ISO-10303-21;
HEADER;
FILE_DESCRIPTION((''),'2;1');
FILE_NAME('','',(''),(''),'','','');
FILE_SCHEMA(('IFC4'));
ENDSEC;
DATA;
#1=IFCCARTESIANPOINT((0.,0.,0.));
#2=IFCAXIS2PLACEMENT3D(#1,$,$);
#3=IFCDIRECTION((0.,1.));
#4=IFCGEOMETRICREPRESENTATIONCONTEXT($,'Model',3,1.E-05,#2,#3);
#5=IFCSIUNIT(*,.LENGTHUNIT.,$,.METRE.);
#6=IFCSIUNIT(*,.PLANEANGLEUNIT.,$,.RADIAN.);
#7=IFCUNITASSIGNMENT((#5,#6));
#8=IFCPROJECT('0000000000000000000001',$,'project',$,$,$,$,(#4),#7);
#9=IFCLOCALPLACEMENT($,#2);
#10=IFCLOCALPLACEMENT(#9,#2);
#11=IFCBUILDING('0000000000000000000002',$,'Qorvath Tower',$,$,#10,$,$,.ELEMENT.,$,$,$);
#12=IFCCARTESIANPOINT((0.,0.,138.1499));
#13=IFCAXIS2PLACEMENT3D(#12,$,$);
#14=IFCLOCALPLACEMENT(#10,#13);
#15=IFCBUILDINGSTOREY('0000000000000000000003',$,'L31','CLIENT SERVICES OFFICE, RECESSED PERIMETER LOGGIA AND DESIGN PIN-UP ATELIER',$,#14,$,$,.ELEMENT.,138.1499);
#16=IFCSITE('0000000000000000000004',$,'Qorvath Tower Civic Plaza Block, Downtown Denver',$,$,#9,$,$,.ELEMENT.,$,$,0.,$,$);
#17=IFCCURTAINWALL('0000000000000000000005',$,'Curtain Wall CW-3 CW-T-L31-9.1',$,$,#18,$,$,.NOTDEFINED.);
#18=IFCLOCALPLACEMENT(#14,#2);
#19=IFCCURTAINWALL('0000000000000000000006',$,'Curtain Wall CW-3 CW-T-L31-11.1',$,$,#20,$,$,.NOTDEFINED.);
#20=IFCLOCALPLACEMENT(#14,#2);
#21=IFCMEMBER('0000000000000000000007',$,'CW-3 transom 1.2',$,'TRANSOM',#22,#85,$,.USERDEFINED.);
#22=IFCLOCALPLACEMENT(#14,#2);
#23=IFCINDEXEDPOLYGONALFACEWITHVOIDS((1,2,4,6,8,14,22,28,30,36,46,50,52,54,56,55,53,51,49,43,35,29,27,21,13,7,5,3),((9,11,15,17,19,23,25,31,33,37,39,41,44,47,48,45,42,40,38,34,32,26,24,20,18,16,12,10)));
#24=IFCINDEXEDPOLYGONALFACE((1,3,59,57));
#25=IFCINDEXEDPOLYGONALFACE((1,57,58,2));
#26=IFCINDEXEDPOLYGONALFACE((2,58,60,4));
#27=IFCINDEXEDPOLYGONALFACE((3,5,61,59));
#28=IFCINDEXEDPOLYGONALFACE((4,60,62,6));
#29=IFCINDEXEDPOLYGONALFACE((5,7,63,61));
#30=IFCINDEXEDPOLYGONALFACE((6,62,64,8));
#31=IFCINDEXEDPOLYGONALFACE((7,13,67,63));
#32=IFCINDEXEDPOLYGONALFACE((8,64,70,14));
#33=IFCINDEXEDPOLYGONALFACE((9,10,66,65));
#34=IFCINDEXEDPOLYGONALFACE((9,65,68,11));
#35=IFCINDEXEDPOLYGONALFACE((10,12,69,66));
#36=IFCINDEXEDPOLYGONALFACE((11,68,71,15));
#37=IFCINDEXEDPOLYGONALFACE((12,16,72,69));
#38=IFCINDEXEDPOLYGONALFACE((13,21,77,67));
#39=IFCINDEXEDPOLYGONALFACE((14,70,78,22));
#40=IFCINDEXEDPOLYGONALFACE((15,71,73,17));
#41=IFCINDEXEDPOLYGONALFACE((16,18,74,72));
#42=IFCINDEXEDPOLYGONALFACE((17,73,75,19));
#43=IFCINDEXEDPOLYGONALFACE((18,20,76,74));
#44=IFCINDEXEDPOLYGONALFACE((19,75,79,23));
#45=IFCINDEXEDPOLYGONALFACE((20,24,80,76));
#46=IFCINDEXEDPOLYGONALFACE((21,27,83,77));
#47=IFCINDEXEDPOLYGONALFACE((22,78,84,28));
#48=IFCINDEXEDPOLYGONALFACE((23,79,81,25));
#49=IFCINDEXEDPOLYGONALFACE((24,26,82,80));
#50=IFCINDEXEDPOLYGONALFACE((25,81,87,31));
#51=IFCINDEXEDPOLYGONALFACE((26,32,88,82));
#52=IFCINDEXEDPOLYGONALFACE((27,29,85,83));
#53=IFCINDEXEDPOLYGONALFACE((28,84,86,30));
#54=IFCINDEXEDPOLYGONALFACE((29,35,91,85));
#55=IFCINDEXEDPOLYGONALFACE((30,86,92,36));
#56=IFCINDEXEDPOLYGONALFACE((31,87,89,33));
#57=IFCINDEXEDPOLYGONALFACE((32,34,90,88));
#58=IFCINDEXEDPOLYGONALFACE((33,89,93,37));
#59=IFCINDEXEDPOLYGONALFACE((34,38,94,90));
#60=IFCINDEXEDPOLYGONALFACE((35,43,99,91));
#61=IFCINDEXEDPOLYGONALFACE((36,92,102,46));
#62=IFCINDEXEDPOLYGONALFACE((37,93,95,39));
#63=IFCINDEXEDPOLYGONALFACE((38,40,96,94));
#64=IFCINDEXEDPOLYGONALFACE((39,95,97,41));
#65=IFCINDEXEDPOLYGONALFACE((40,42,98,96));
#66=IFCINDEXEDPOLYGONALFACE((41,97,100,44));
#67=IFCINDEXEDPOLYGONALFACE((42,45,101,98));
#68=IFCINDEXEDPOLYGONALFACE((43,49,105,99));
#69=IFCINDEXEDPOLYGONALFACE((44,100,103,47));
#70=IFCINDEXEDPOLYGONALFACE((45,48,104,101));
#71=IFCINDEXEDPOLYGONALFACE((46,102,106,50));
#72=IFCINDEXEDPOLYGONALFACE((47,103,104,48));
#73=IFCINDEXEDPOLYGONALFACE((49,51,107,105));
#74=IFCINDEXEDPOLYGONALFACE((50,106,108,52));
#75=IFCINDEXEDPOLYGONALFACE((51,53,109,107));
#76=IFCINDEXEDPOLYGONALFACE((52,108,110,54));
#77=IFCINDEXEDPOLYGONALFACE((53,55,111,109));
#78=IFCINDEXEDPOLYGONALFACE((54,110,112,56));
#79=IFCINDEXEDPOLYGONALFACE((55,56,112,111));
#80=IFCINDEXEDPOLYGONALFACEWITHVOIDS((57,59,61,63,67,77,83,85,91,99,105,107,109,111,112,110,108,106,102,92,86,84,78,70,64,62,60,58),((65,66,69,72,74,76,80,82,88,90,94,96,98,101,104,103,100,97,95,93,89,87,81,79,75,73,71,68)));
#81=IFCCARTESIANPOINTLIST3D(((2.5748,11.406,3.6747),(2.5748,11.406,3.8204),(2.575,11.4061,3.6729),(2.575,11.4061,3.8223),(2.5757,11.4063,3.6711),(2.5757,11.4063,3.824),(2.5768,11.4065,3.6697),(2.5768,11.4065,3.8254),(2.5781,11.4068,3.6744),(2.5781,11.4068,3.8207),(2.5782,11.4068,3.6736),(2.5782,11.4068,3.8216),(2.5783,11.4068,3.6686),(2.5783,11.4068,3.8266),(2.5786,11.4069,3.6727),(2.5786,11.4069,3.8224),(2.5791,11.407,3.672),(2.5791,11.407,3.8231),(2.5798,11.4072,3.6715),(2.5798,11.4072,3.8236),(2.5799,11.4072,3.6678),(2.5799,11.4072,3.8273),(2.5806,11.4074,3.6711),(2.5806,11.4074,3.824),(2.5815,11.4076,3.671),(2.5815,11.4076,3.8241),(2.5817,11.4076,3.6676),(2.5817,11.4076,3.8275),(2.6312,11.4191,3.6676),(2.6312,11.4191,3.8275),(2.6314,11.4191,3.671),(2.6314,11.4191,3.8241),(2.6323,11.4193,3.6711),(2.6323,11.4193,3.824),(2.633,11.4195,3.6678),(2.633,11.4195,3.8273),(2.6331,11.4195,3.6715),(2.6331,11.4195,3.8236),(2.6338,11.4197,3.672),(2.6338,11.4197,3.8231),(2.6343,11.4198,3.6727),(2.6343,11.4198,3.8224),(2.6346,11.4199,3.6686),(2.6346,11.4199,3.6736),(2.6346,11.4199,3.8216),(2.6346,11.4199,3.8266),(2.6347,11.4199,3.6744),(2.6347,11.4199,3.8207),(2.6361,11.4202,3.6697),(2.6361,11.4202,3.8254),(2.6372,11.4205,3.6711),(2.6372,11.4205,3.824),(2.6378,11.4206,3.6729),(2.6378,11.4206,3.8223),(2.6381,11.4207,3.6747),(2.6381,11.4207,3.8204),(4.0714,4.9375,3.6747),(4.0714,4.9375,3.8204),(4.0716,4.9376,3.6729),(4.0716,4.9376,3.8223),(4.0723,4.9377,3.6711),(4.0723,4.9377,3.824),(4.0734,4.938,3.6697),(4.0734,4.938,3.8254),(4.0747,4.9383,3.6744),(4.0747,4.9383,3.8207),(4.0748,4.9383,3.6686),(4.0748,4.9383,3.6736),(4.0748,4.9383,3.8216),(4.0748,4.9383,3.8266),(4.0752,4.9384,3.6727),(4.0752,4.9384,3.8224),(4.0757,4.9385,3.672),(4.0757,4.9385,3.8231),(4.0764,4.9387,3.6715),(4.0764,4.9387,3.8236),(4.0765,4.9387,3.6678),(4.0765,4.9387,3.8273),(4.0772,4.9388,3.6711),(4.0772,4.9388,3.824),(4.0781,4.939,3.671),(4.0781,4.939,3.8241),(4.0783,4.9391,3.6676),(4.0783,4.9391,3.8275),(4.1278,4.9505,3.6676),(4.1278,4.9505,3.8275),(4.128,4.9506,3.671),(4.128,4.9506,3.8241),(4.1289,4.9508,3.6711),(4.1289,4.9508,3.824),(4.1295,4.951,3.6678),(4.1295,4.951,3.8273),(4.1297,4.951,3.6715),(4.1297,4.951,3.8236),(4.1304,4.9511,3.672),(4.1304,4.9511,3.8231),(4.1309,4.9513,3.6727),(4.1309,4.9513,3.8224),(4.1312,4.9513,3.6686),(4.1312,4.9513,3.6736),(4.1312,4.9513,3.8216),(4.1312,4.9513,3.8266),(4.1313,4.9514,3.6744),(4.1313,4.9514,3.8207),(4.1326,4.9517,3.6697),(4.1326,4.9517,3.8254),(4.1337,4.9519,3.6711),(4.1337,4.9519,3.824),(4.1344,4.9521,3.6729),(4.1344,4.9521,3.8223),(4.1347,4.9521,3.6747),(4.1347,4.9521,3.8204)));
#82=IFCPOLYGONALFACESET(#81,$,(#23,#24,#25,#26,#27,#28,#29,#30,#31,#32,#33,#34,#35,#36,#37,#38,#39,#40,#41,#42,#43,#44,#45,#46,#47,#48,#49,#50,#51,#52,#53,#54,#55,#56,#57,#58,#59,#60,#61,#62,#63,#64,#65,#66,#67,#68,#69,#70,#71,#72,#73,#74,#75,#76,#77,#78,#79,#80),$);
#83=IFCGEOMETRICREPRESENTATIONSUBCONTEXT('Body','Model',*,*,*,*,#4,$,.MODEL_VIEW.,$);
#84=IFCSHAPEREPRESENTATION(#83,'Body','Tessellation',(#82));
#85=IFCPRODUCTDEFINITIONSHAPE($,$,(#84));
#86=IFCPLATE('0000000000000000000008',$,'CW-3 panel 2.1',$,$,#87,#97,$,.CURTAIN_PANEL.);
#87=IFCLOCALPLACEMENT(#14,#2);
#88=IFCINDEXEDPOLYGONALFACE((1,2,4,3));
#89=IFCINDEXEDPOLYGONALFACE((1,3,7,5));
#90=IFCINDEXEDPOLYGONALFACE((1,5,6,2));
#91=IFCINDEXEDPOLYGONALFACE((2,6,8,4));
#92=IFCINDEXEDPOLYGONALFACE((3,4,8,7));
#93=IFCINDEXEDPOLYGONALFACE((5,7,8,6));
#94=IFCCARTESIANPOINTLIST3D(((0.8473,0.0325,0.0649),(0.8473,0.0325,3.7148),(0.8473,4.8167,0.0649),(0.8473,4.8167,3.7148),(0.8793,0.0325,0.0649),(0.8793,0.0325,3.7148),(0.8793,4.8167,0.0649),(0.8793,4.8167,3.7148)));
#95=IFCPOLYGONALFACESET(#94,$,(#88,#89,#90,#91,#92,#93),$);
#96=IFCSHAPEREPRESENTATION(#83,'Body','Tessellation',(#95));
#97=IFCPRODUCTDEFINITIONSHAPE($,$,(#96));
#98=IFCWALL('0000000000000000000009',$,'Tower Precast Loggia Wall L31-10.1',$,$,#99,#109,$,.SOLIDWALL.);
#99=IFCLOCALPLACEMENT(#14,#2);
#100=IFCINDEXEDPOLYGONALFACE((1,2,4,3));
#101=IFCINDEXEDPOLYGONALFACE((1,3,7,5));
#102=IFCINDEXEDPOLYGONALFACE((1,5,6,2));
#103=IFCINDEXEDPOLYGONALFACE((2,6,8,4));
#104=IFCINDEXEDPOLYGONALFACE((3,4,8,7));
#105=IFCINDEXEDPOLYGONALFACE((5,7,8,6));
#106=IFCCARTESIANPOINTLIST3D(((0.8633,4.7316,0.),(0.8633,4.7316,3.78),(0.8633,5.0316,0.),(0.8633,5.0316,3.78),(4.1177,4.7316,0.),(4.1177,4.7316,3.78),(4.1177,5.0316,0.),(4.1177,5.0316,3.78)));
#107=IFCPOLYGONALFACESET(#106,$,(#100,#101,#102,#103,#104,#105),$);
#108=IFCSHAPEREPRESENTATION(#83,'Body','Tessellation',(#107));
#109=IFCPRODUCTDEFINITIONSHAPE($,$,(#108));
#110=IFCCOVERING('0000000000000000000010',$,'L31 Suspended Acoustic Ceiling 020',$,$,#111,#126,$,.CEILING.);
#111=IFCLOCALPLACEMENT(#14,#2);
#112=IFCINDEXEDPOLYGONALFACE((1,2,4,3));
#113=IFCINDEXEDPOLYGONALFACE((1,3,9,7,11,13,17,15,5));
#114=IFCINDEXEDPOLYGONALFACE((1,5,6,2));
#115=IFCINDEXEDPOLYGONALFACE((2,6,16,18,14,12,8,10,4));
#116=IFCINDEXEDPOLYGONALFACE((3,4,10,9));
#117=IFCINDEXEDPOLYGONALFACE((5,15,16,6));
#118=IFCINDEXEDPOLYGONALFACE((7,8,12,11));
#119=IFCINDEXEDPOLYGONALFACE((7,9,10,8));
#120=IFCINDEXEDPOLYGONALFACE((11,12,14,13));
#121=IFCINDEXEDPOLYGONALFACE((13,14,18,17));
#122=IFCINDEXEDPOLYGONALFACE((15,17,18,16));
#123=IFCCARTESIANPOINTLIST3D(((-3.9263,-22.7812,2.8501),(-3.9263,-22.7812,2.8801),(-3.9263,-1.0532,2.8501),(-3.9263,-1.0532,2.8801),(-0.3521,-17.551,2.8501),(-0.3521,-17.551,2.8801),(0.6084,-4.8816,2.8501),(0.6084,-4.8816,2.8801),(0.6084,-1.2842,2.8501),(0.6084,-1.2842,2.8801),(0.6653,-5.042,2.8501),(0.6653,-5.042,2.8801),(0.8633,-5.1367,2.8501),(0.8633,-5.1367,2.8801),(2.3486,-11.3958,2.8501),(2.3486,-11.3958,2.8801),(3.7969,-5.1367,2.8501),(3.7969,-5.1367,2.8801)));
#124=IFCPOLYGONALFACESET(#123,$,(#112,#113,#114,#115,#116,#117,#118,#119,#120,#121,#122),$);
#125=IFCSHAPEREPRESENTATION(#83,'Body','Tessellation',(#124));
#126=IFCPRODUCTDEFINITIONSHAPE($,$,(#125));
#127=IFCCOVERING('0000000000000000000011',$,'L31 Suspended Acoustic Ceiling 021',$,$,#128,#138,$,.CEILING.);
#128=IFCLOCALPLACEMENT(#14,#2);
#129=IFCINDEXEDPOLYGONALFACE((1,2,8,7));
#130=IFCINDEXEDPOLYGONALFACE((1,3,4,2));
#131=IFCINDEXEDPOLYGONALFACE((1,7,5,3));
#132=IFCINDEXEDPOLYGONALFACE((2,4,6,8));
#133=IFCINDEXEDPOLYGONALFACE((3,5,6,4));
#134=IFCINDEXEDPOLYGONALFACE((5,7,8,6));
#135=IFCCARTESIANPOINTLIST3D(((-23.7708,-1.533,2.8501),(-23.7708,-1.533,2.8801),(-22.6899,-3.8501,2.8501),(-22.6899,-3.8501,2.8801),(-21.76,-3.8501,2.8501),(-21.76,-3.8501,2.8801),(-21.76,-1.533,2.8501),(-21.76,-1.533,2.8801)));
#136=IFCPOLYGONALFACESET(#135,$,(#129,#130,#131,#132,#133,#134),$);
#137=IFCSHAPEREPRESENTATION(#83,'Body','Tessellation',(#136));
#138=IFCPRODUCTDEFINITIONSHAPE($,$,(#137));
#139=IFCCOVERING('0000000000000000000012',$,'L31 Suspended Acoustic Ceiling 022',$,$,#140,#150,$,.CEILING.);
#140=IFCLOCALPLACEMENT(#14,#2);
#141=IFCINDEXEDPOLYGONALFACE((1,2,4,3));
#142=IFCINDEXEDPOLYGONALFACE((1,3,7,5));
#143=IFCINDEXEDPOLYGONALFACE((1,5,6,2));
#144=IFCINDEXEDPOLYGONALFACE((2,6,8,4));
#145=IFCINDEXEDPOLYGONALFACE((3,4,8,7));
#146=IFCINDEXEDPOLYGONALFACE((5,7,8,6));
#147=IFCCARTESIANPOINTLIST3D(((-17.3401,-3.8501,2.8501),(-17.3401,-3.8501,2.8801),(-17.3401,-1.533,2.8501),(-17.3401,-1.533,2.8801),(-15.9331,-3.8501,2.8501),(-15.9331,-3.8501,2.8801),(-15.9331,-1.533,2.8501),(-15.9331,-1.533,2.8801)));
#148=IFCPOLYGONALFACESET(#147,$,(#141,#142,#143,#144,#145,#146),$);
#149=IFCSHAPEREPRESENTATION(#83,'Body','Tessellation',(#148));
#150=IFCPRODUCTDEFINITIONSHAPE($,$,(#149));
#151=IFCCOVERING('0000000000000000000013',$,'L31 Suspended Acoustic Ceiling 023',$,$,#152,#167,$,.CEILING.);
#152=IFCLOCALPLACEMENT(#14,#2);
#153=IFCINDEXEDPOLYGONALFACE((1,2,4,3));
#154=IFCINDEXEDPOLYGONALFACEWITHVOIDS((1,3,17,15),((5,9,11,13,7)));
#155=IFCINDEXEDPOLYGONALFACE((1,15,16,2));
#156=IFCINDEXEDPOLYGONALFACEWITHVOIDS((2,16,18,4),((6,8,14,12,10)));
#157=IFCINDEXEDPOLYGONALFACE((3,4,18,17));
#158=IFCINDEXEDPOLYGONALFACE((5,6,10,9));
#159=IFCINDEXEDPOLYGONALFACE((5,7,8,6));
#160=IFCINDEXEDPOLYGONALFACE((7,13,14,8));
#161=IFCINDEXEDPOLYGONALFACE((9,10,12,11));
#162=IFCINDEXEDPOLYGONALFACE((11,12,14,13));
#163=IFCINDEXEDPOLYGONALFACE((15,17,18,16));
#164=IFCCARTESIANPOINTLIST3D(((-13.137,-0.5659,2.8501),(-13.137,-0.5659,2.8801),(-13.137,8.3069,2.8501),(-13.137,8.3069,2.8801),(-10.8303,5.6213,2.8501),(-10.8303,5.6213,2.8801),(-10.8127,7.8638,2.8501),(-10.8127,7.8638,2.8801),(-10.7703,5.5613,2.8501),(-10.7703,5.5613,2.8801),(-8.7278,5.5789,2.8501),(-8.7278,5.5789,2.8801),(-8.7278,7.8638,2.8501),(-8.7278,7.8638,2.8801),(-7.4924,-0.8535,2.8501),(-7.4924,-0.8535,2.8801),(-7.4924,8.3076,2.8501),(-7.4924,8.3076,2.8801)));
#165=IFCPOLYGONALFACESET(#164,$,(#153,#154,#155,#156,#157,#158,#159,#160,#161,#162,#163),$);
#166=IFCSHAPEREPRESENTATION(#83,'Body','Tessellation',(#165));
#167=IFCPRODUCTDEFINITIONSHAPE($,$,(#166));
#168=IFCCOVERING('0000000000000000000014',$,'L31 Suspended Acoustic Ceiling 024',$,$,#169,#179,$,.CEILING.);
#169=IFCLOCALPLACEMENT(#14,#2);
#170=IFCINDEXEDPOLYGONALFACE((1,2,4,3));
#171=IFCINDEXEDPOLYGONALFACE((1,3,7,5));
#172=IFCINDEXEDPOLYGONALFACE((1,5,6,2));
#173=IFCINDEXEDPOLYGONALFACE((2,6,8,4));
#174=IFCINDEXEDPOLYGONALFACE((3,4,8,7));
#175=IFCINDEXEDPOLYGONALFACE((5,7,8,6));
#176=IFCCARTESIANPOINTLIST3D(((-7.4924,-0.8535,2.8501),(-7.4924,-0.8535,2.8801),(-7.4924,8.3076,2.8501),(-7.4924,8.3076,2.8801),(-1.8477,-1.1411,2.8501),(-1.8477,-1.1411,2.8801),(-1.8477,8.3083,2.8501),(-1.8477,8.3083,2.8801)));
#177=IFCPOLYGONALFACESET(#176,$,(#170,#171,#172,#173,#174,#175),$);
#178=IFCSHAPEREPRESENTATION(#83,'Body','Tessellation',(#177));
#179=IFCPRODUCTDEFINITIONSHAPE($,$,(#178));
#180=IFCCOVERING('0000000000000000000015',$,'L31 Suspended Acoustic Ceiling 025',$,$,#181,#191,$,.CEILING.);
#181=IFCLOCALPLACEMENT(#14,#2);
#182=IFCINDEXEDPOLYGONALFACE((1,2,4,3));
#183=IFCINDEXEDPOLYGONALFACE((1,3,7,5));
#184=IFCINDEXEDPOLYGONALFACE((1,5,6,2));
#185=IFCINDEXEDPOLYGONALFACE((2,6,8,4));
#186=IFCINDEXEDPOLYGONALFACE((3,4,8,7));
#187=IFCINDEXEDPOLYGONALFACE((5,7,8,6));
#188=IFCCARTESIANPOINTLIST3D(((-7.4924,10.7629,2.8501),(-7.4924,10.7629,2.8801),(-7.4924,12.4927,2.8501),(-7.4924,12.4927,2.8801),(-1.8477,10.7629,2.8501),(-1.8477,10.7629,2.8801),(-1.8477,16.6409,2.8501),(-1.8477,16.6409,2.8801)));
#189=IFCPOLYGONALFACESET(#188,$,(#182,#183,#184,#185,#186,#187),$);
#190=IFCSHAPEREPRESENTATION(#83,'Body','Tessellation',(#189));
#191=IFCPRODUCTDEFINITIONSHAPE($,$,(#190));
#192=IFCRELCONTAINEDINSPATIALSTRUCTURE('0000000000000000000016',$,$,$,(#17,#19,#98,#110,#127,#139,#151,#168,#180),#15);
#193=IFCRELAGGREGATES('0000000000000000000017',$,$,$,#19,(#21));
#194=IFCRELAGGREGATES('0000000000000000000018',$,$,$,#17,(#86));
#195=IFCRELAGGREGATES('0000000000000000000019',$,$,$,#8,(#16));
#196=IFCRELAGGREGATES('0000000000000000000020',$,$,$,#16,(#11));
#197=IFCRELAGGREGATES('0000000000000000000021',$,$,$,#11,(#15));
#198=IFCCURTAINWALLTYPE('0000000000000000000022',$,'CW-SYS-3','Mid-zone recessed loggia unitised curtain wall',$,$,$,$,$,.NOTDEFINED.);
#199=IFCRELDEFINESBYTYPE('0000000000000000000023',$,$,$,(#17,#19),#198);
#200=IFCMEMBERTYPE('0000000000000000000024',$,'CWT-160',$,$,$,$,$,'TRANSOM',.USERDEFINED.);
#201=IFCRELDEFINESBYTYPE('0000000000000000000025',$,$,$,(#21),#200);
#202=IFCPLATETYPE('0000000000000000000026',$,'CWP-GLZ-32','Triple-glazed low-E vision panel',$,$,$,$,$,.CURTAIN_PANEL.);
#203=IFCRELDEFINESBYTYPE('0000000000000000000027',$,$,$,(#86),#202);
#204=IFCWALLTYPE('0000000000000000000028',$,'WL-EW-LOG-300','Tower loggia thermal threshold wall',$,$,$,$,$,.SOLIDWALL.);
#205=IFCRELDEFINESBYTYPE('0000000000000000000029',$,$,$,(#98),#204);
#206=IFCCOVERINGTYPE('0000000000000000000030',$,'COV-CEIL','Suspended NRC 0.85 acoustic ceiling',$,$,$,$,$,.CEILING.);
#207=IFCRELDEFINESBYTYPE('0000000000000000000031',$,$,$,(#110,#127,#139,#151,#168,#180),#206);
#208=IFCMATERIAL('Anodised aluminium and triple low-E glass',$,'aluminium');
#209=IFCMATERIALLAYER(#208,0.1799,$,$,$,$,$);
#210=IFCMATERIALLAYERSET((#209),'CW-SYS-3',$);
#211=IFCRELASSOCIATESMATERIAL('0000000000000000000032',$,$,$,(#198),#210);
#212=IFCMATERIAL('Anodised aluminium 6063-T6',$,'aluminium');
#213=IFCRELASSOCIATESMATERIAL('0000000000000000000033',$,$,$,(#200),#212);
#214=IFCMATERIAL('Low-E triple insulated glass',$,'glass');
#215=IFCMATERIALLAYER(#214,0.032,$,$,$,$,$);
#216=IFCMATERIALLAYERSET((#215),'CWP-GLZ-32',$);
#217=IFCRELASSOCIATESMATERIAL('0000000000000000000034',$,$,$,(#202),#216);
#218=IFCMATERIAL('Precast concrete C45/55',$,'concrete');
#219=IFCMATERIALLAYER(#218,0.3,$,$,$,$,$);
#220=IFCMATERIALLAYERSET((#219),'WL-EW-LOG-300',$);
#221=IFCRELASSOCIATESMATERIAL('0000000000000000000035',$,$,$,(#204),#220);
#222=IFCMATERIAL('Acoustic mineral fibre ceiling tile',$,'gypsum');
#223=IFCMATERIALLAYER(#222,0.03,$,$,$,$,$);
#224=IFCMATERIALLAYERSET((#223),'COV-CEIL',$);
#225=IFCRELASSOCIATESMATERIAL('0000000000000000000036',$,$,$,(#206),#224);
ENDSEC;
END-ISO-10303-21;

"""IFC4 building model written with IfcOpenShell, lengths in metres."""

from ifc_helpers import new_model, si_unit, direction, frame, frame_2d, origin, origin_2d, place, context, subcontext, project, spatial, polyline, rectangle, hollow_rectangle, outline, extrude, material, layer, layer_set, material_profile, profile_set, type_object, element, aggregate, save


model = new_model("IFC4")

# Units and contexts
model_context = context("Model", 3, precision=1e-05, world=origin(), true_north=direction((0.0, 1.0)))
body_context = subcontext(model_context, "Body", "Model", "MODEL_VIEW")
ifc_project = project(units=[si_unit("LENGTHUNIT", "METRE"), si_unit("PLANEANGLEUNIT", "RADIAN")], contexts=[model_context])

# Site, building, storey
site_placement = place(None, origin())
site = spatial("IfcSite", under=ifc_project, at=site_placement, Name="Qorvath Tower Civic Plaza Block, Downtown Denver", CompositionType="ELEMENT", RefElevation=0.0)
building_placement = place(site_placement, origin())
building = spatial("IfcBuilding", under=site, at=building_placement, Name="Qorvath Tower", CompositionType="ELEMENT")
storey_placement = place(building_placement, frame((0.0, 0.0, 138.1499)))
storey = spatial("IfcBuildingStorey", under=building, at=storey_placement, Name="L31", Description="CLIENT SERVICES OFFICE, RECESSED PERIMETER LOGGIA AND DESIGN PIN-UP ATELIER", CompositionType="ELEMENT", Elevation=138.1499)

# Curtain wall
ifc_material_1 = material(Name="Anodised aluminium and triple low-E glass", Category="aluminium")
ifc_layer_1 = layer(ifc_material_1, 0.1799)
ifc_layer_set_1 = layer_set([ifc_layer_1], Name="CW-SYS-3")
curtain_wall_type = type_object("IfcCurtainWallType", Name="CW-SYS-3", Description="Mid-zone recessed loggia unitised curtain wall", PredefinedType="NOTDEFINED", material=ifc_layer_set_1)
curtain_wall_1_placement = place(storey_placement, origin())
curtain_wall_1 = element("IfcCurtainWall", 1, at=curtain_wall_1_placement, inside=storey, type_object=curtain_wall_type, Name="Curtain Wall CW-3 CW-T-L31-9.1", PredefinedType="NOTDEFINED")

# Curtain wall
curtain_wall_2_placement = place(storey_placement, origin())
curtain_wall_2 = element("IfcCurtainWall", 2, at=curtain_wall_2_placement, inside=storey, type_object=curtain_wall_type, Name="Curtain Wall CW-3 CW-T-L31-11.1", PredefinedType="NOTDEFINED")

# Member
ifc_material_2 = material(Name="Anodised aluminium 6063-T6", Category="aluminium")
ifc_material_profile_1 = material_profile(ifc_material_2, hollow_rectangle(XDim=0.0649, YDim=0.1599, WallThickness=0.0034, InnerFilletRadius=0.0034, OuterFilletRadius=0.0071, at=origin_2d()), Name="CWT 160x65")
ifc_profile_set_1 = profile_set([ifc_material_profile_1], Name="Anodised aluminium 6063-T6")
member_type_1 = type_object("IfcMemberType", Name="CWT-160", ElementType="TRANSOM", PredefinedType="USERDEFINED", material=ifc_profile_set_1)
member_1_placement = place(storey_placement, frame((4.103, 4.9448, 3.7476), z_axis=(-0.22541, 0.974264, 0.0), x_axis=(-0.974264, -0.22541, 0.0)))
member_1 = element("IfcMember", 3, at=member_1_placement, type_object=member_type_1, Name="CW-3 transom 1.2", ObjectType="TRANSOM", PredefinedType="USERDEFINED", context=body_context, shape_type="SweptSolid", body=[
    extrude(hollow_rectangle(XDim=0.0649, YDim=0.1599, WallThickness=0.0034, InnerFilletRadius=0.0034, OuterFilletRadius=0.0071, at=origin_2d()), origin(), (0.0, 0.0, 1.0), 6.6394),
])
aggregate(curtain_wall_2, [member_1])

# Plate
ifc_material_3 = material(Name="Low-E triple insulated glass", Category="glass")
ifc_layer_2 = layer(ifc_material_3, 0.032)
ifc_layer_set_2 = layer_set([ifc_layer_2], Name="CWP-GLZ-32")
plate_type = type_object("IfcPlateType", Name="CWP-GLZ-32", Description="Triple-glazed low-E vision panel", PredefinedType="CURTAIN_PANEL", material=ifc_layer_set_2)
plate_placement = place(storey_placement, frame((0.8633, 2.4246, 0.0649), z_axis=(0.0, 0.0, 1.0), x_axis=(0.0, 1.0, 0.0)))
plate = element("IfcPlate", 4, at=plate_placement, type_object=plate_type, Name="CW-3 panel 2.1", PredefinedType="CURTAIN_PANEL", context=body_context, shape_type="SweptSolid", body=[
    extrude(rectangle(XDim=4.7842, YDim=0.032, at=origin_2d()), origin(), (0.0, 0.0, 1.0), 3.6499),
])
aggregate(curtain_wall_1, [plate])

# Wall
ifc_material_4 = material(Name="Precast concrete C45/55", Category="concrete")
ifc_layer_3 = layer(ifc_material_4, 0.3)
ifc_layer_set_3 = layer_set([ifc_layer_3], Name="WL-EW-LOG-300")
wall_type = type_object("IfcWallType", Name="WL-EW-LOG-300", Description="Tower loggia thermal threshold wall", PredefinedType="SOLIDWALL", material=ifc_layer_set_3)
wall_placement = place(storey_placement, frame((0.8633, 4.8816, 0.0), z_axis=(0.0, 0.0, 1.0), x_axis=(1.0, 0.0, 0.0)))
element("IfcWall", 5, at=wall_placement, inside=storey, type_object=wall_type, Name="Tower Precast Loggia Wall L31-10.1", PredefinedType="SOLIDWALL", context=body_context, shape_type="SweptSolid", body=[
    extrude(rectangle(XDim=3.2544, YDim=0.3, at=frame_2d((1.6272, 0.0))), origin(), (0.0, 0.0, 1.0), 3.78),
])

# Coverings
ifc_material_5 = material(Name="Acoustic mineral fibre ceiling tile", Category="gypsum")
ifc_layer_4 = layer(ifc_material_5, 0.03)
ifc_layer_set_4 = layer_set([ifc_layer_4], Name="COV-CEIL")
covering_type_1 = type_object("IfcCoveringType", Name="COV-CEIL", Description="Suspended NRC 0.85 acoustic ceiling", PredefinedType="CEILING", material=ifc_layer_set_4)
covering_1_placement = place(storey_placement, frame((0.0, 0.0, 2.8501)))
element("IfcCovering", 6, at=covering_1_placement, inside=storey, type_object=covering_type_1, Name="L31 Suspended Acoustic Ceiling 020", PredefinedType="CEILING", context=body_context, shape_type="SweptSolid", body=[
    extrude(outline(polyline([(-3.9263, -1.0532), (-3.9263, -22.7812), (-0.3521, -17.551), (2.3486, -11.3958), (3.7969, -5.1367), (0.8633, -5.1367), (0.6653, -5.042), (0.6084, -4.8816), (0.6084, -1.2842), (-3.9263, -1.0532)])), origin(), (0.0, 0.0, 1.0), 0.03),
])
covering_2_placement = place(storey_placement, frame((0.0, 0.0, 2.8501)))
element("IfcCovering", 7, at=covering_2_placement, inside=storey, type_object=covering_type_1, Name="L31 Suspended Acoustic Ceiling 021", PredefinedType="CEILING", context=body_context, shape_type="SweptSolid", body=[
    extrude(outline(polyline([(-22.6899, -3.8501), (-21.76, -3.8501), (-21.76, -1.533), (-23.7708, -1.533), (-22.6899, -3.8501)])), origin(), (0.0, 0.0, 1.0), 0.03),
])
covering_3_placement = place(storey_placement, frame((0.0, 0.0, 2.8501)))
element("IfcCovering", 8, at=covering_3_placement, inside=storey, type_object=covering_type_1, Name="L31 Suspended Acoustic Ceiling 022", PredefinedType="CEILING", context=body_context, shape_type="SweptSolid", body=[
    extrude(outline(polyline([(-17.3401, -1.533), (-17.3401, -3.8501), (-15.9331, -3.8501), (-15.9331, -1.533), (-17.3401, -1.533)])), origin(), (0.0, 0.0, 1.0), 0.03),
])
covering_4_placement = place(storey_placement, frame((0.0, 0.0, 2.8501)))
element("IfcCovering", 9, at=covering_4_placement, inside=storey, type_object=covering_type_1, Name="L31 Suspended Acoustic Ceiling 023", PredefinedType="CEILING", context=body_context, shape_type="SweptSolid", body=[
    extrude(outline(polyline([(-7.4924, -0.8535), (-7.4924, 8.3076), (-13.137, 8.3069), (-13.137, -0.5659), (-7.4924, -0.8535)]), holes=[polyline([(-10.8303, 5.6213), (-10.8127, 7.8638), (-8.7278, 7.8638), (-8.7278, 5.5789), (-10.7703, 5.5613), (-10.8303, 5.6213)])]), origin(), (0.0, 0.0, 1.0), 0.03),
])
covering_5_placement = place(storey_placement, frame((0.0, 0.0, 2.8501)))
element("IfcCovering", 10, at=covering_5_placement, inside=storey, type_object=covering_type_1, Name="L31 Suspended Acoustic Ceiling 024", PredefinedType="CEILING", context=body_context, shape_type="SweptSolid", body=[
    extrude(outline(polyline([(-1.8477, -1.1411), (-1.8477, 8.3083), (-7.4924, 8.3076), (-7.4924, -0.8535), (-1.8477, -1.1411)])), origin(), (0.0, 0.0, 1.0), 0.03),
])
covering_6_placement = place(storey_placement, frame((0.0, 0.0, 2.8501)))
element("IfcCovering", 11, at=covering_6_placement, inside=storey, type_object=covering_type_1, Name="L31 Suspended Acoustic Ceiling 025", PredefinedType="CEILING", context=body_context, shape_type="SweptSolid", body=[
    extrude(outline(polyline([(-1.8477, 10.7629), (-1.8477, 16.6409), (-7.4924, 12.4927), (-7.4924, 10.7629), (-1.8477, 10.7629)])), origin(), (0.0, 0.0, 1.0), 0.03),
])

save(model, "model.ifc")
